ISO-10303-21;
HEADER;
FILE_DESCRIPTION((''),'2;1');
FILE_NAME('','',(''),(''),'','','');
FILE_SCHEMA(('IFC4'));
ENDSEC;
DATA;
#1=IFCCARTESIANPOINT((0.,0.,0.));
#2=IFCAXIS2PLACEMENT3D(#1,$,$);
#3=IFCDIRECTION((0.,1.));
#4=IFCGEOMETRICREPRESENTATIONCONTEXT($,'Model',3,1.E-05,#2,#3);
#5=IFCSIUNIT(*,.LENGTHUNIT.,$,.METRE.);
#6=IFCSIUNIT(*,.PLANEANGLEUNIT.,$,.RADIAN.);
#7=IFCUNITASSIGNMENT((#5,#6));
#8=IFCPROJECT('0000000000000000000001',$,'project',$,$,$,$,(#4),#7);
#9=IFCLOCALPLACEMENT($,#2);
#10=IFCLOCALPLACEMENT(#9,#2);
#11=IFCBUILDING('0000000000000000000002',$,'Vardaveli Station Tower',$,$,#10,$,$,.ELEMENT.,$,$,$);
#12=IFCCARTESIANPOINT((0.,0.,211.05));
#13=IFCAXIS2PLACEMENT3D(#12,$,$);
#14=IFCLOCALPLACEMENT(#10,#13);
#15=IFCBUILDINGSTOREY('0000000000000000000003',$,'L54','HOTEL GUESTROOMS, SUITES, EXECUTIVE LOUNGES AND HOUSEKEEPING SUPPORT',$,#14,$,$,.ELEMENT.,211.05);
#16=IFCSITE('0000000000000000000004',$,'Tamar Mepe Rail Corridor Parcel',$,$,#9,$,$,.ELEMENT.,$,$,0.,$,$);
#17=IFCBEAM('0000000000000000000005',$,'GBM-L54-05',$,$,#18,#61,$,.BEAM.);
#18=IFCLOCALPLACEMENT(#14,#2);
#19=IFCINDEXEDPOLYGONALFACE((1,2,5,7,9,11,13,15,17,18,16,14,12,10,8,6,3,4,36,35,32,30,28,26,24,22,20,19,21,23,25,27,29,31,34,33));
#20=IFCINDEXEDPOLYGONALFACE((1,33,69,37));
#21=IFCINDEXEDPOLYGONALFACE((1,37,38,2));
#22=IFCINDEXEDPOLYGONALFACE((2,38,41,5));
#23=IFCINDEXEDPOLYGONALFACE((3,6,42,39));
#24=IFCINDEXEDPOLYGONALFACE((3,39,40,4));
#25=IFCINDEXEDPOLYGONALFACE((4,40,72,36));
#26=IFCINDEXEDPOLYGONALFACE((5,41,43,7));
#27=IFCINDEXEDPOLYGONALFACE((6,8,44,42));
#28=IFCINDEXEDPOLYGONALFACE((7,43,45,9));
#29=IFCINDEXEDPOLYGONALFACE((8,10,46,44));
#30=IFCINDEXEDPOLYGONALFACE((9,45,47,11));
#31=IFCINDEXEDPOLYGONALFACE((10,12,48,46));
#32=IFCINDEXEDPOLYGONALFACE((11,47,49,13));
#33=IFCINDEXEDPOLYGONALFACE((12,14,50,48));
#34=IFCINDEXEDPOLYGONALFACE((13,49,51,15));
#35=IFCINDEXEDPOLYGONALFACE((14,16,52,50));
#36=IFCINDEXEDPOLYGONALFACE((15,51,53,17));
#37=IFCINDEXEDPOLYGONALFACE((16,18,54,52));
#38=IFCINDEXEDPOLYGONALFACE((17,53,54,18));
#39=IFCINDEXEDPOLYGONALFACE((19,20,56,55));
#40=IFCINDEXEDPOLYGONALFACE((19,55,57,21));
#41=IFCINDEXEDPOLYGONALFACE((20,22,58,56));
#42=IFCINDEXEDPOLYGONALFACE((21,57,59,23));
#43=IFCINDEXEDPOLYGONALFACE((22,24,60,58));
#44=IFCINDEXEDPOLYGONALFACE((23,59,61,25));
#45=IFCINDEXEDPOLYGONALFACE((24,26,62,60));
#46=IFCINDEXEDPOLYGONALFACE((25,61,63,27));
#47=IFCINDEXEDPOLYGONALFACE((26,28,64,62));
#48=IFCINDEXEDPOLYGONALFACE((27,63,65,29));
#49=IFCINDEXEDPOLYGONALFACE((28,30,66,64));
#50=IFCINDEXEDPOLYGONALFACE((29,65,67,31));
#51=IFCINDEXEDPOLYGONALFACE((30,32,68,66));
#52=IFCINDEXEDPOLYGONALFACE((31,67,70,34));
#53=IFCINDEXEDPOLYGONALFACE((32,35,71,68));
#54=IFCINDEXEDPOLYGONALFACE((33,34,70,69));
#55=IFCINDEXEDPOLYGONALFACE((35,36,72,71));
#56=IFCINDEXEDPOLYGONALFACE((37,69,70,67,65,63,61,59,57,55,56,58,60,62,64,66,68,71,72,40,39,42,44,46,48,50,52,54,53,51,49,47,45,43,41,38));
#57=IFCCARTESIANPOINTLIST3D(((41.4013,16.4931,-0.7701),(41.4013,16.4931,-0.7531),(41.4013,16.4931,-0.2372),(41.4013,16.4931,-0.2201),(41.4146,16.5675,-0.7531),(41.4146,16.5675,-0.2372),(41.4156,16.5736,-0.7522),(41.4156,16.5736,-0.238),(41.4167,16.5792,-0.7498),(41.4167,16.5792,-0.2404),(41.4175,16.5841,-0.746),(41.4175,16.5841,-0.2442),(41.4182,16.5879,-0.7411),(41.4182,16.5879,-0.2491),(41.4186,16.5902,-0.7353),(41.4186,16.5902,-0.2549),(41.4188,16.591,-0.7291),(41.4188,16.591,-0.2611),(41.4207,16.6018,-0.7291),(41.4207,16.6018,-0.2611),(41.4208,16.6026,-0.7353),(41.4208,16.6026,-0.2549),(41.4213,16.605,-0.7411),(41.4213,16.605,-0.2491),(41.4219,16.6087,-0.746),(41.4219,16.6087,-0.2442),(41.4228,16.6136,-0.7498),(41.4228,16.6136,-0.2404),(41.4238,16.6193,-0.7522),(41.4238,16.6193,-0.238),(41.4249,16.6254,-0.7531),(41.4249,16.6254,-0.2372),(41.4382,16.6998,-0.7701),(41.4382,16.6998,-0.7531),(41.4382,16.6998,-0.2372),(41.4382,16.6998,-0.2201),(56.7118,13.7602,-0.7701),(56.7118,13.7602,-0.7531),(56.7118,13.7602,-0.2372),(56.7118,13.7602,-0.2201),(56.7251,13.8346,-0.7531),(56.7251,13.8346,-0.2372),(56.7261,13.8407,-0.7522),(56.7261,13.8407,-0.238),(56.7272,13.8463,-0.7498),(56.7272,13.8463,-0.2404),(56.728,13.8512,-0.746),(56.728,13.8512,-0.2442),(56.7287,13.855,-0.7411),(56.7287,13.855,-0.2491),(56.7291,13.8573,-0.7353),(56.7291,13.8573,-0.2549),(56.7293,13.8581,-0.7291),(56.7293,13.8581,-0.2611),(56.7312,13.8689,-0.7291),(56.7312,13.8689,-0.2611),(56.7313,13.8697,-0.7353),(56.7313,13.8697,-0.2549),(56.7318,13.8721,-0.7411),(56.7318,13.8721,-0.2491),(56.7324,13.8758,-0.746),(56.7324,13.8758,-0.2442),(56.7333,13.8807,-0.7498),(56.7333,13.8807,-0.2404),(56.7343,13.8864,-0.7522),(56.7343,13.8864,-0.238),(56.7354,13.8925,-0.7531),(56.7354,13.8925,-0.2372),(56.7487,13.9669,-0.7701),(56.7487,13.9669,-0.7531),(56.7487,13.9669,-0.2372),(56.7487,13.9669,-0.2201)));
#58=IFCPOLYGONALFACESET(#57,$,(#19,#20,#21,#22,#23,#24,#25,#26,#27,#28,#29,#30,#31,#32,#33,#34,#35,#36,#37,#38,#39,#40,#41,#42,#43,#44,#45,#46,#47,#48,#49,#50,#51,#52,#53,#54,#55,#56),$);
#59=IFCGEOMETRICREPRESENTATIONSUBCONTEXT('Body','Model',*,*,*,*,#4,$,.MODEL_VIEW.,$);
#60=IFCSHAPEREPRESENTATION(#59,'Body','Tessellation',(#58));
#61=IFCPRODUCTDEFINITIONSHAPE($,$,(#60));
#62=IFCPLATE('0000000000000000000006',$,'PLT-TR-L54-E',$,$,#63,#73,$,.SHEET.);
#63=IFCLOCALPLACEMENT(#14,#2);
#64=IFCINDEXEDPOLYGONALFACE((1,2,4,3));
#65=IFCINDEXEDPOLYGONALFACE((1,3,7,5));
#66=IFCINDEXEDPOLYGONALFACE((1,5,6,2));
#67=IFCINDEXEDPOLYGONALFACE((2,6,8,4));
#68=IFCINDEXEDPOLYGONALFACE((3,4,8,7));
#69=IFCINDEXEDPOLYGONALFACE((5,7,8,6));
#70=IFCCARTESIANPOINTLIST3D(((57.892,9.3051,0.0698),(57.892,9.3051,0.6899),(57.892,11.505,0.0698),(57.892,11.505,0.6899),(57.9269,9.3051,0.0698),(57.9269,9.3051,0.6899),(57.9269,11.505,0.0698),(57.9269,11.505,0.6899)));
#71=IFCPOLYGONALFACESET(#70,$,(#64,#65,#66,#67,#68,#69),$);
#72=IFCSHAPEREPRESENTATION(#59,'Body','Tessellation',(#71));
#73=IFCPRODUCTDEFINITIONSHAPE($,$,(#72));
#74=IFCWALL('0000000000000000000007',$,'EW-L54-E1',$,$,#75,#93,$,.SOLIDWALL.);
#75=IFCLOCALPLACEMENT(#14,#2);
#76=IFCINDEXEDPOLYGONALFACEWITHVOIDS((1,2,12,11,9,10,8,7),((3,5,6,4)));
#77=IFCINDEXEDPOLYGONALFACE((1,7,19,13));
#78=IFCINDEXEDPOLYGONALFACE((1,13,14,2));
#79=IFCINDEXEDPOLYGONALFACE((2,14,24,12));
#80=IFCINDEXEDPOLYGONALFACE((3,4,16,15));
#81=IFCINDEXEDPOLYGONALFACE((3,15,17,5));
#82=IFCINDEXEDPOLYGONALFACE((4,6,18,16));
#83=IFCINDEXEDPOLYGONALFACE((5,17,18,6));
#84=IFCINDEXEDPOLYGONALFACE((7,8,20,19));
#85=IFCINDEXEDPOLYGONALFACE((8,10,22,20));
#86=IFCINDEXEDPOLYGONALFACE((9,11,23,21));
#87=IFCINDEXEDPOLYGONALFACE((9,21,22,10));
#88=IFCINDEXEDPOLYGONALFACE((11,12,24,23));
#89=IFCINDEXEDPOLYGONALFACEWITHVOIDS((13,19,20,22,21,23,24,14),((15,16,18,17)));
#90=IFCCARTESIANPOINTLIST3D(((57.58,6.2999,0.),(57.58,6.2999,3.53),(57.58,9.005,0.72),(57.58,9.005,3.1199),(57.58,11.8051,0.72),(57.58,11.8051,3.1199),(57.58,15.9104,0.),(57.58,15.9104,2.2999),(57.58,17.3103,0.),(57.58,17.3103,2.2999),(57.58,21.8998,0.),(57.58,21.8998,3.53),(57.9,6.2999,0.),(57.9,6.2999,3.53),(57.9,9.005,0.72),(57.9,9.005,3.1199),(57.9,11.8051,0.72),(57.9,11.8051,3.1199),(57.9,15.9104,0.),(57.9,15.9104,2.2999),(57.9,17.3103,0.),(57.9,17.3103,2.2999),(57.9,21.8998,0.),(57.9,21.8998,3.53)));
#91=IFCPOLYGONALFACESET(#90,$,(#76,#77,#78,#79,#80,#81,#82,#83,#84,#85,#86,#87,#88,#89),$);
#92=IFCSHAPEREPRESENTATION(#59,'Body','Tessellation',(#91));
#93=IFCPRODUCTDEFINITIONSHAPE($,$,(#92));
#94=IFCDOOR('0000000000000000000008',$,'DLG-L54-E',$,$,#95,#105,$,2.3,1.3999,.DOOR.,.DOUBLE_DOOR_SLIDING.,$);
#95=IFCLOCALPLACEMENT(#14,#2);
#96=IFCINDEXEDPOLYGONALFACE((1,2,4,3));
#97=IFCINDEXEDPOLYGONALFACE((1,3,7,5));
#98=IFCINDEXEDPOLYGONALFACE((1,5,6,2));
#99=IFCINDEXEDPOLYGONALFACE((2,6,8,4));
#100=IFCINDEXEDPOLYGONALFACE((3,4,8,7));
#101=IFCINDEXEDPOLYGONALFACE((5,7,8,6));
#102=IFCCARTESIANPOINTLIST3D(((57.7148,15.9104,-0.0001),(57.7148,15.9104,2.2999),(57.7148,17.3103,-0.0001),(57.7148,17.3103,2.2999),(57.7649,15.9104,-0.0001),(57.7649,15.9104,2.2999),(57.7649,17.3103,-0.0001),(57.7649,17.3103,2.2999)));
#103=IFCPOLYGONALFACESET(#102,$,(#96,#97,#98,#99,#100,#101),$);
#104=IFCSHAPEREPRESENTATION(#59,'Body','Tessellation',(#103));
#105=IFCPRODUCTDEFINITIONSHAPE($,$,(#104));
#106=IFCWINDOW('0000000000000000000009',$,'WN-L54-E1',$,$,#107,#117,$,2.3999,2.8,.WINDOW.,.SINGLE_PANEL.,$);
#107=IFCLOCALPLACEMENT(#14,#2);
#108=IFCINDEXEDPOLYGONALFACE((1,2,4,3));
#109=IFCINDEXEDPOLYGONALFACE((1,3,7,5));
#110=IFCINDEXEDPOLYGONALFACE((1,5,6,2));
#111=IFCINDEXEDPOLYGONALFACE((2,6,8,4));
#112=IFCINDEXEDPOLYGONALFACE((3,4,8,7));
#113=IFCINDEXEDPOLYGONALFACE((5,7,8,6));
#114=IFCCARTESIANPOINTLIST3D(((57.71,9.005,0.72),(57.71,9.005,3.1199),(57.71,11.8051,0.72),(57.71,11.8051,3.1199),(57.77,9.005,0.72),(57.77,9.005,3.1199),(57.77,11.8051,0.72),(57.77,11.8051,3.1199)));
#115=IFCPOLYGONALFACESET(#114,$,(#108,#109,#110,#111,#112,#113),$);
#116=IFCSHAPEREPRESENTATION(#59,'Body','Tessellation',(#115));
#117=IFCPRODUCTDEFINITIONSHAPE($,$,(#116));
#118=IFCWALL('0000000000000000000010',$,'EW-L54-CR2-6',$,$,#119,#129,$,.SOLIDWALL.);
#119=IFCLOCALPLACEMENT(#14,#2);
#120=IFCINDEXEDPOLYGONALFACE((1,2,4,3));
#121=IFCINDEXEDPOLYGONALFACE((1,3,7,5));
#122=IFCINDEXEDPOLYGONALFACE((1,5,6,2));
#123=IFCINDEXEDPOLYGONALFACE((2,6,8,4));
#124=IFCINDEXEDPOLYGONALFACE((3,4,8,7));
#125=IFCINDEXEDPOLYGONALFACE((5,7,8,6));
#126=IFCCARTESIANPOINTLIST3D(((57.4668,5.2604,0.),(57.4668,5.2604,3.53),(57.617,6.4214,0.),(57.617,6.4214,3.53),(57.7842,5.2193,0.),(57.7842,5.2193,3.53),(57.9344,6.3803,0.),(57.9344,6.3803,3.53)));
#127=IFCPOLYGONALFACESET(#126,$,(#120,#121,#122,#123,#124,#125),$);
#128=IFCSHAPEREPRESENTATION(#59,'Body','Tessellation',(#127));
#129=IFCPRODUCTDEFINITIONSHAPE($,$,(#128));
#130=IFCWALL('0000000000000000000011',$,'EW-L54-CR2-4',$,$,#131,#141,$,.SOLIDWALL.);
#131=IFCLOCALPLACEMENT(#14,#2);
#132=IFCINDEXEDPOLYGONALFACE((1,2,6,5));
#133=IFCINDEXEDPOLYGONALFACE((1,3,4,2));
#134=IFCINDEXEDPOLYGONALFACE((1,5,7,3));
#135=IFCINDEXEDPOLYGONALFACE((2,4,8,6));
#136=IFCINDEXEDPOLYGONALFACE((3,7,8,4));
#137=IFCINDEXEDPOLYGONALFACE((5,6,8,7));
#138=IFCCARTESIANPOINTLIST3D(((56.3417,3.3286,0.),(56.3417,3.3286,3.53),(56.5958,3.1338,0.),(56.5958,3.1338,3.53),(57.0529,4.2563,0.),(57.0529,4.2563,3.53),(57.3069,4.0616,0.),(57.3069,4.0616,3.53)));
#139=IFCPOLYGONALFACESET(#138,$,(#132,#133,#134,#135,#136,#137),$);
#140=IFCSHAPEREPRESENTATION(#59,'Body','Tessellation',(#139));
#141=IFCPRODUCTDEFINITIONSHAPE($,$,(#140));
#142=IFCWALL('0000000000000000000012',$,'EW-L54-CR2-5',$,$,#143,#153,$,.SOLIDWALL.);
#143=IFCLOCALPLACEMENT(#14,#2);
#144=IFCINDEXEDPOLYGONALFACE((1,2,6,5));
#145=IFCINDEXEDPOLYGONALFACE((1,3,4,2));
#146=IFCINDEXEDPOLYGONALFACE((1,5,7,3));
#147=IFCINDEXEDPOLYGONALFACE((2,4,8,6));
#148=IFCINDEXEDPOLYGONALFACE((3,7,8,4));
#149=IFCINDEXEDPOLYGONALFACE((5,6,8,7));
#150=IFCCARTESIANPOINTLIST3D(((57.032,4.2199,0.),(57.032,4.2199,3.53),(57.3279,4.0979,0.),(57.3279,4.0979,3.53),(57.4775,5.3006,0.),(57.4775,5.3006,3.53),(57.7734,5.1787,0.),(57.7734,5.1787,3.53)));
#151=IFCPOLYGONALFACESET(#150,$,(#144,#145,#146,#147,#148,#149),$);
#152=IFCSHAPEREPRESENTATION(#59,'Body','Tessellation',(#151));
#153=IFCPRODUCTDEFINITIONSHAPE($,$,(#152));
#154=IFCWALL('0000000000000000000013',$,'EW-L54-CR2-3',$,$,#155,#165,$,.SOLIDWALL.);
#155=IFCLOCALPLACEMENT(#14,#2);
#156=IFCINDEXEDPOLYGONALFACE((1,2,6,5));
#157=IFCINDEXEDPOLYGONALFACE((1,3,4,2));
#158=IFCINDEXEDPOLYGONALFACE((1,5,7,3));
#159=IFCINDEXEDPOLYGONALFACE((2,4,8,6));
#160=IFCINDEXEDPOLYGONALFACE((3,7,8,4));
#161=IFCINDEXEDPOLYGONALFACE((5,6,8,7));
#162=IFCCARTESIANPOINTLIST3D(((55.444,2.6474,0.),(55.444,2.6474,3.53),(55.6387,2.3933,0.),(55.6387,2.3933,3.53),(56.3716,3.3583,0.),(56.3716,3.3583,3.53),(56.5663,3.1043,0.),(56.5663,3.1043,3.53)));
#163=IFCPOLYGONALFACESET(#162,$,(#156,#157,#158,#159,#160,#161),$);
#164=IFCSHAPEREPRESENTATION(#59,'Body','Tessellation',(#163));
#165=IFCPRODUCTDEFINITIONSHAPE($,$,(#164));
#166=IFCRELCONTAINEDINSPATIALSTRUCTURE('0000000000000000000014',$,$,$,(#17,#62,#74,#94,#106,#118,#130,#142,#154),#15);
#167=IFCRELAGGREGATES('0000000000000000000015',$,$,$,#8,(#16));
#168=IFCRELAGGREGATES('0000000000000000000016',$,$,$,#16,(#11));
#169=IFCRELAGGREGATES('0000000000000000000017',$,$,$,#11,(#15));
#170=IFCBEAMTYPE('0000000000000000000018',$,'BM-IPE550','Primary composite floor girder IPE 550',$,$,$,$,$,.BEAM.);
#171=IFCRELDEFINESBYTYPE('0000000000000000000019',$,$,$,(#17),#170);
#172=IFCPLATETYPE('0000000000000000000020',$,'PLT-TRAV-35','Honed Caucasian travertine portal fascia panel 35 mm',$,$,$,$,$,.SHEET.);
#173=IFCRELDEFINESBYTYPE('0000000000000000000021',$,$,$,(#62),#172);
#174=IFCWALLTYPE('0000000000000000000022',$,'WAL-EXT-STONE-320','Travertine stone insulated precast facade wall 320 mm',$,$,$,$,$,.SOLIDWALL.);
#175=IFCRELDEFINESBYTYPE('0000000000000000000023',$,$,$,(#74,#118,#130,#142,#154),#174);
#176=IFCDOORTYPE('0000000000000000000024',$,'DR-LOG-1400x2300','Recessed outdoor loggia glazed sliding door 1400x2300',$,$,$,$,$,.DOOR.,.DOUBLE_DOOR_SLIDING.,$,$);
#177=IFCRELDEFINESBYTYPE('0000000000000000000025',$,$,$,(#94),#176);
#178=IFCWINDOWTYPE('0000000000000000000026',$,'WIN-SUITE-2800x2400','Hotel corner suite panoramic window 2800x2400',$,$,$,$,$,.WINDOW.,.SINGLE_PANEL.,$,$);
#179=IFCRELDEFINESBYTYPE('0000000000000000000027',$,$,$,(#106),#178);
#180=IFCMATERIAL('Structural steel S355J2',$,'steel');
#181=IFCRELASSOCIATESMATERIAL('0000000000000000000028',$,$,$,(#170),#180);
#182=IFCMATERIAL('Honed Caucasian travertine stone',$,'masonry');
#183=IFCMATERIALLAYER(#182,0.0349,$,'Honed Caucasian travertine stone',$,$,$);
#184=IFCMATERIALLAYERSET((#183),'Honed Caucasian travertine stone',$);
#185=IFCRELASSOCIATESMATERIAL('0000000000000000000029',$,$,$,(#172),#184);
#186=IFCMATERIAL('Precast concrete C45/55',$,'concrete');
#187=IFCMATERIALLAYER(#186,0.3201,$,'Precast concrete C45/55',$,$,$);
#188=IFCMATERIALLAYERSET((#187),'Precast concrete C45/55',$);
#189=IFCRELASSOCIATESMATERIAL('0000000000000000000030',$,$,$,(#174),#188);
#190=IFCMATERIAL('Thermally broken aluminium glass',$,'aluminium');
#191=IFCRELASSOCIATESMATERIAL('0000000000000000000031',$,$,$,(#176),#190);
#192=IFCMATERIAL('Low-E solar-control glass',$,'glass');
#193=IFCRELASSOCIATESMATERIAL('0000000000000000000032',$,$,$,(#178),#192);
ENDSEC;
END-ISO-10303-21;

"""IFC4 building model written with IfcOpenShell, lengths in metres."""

from ifc_helpers import new_model, si_unit, direction, frame, frame_2d, origin, origin_2d, place, context, subcontext, project, spatial, rectangle, i_section, extrude, source, transform, mapped, material, layer, layer_set, material_profile, profile_set, type_object, element, fill, save


model = new_model("IFC4")

# Units and contexts
model_context = context("Model", 3, precision=1e-05, world=origin(), true_north=direction((0.0, 1.0)))
body_context = subcontext(model_context, "Body", "Model", "MODEL_VIEW")
ifc_project = project(units=[si_unit("LENGTHUNIT", "METRE"), si_unit("PLANEANGLEUNIT", "RADIAN")], contexts=[model_context])

# Site, building, storey
site_placement = place(None, origin())
site = spatial("IfcSite", under=ifc_project, at=site_placement, Name="Tamar Mepe Rail Corridor Parcel", CompositionType="ELEMENT", RefElevation=0.0)
building_placement = place(site_placement, origin())
building = spatial("IfcBuilding", under=site, at=building_placement, Name="Vardaveli Station Tower", CompositionType="ELEMENT")
storey_placement = place(building_placement, frame((0.0, 0.0, 211.05)))
storey = spatial("IfcBuildingStorey", under=building, at=storey_placement, Name="L54", Description="HOTEL GUESTROOMS, SUITES, EXECUTIVE LOUNGES AND HOUSEKEEPING SUPPORT", CompositionType="ELEMENT", Elevation=211.05)

# Beam
ifc_material_1 = material(Name="Precast concrete C45/55", Category="concrete")
ifc_material_2 = material(Name="Structural steel S355J2", Category="steel")
ifc_material_profile_1 = material_profile(ifc_material_2, i_section(OverallWidth=0.21, OverallDepth=0.55, WebThickness=0.011, FlangeThickness=0.0171, FilletRadius=0.0239, at=origin_2d()), Name="IPE 550")
ifc_profile_set_1 = profile_set([ifc_material_profile_1], Name="Structural steel S355J2")
beam_type_1 = type_object("IfcBeamType", Name="BM-IPE550", Description="Primary composite floor girder IPE 550", PredefinedType="BEAM", material=ifc_profile_set_1)
shared_shape_1 = source(origin(), body_context, "Body", "SweptSolid", [
    extrude(i_section(OverallWidth=0.21, OverallDepth=0.55, WebThickness=0.011, FlangeThickness=0.0171, FilletRadius=0.0239, at=origin_2d()), origin(), (0.0, 0.0, 1.0), 15.5525),
])
beam_1_placement = place(storey_placement, frame((56.7302, 13.8635, -0.4951), z_axis=(-0.98444, 0.175721, 0.0), x_axis=(-0.175721, -0.98444, 0.0)))
element("IfcBeam", 1, at=beam_1_placement, inside=storey, type_object=beam_type_1, Name="GBM-L54-05", PredefinedType="BEAM", context=body_context, shape_type="MappedRepresentation", body=[
    mapped(shared_shape_1, transform((0.0, 0.0, 0.0), scale=1.0)),
])

# Plate
ifc_material_3 = material(Name="Honed Caucasian travertine stone", Category="masonry")
ifc_layer_1 = layer(ifc_material_3, 0.0349, Name="Honed Caucasian travertine stone")
ifc_layer_set_1 = layer_set([ifc_layer_1], Name="Honed Caucasian travertine stone")
plate_type = type_object("IfcPlateType", Name="PLT-TRAV-35", Description="Honed Caucasian travertine portal fascia panel 35 mm", PredefinedType="SHEET", material=ifc_layer_set_1)
shared_shape_2 = source(origin(), body_context, "Body", "SweptSolid", [
    extrude(rectangle(XDim=2.2, YDim=0.0349, at=origin_2d()), origin(), (0.0, 0.0, 1.0), 0.6201),
])
plate_placement = place(storey_placement, frame((57.9094, 10.405, 0.0698), z_axis=(0.0, 0.0, 1.0), x_axis=(0.0, 1.0, 0.0)))
element("IfcPlate", 2, at=plate_placement, inside=storey, type_object=plate_type, Name="PLT-TR-L54-E", PredefinedType="SHEET", context=body_context, shape_type="MappedRepresentation", body=[
    mapped(shared_shape_2, transform((0.0, 0.0, 0.0), scale=1.0)),
])

# Wall, openings, door, window
ifc_layer_2 = layer(ifc_material_1, 0.3201, Name="Precast concrete C45/55")
ifc_layer_set_2 = layer_set([ifc_layer_2], Name="Precast concrete C45/55")
wall_type_1 = type_object("IfcWallType", Name="WAL-EXT-STONE-320", Description="Travertine stone insulated precast facade wall 320 mm", PredefinedType="SOLIDWALL", material=ifc_layer_set_2)
shared_shape_3 = source(origin(), body_context, "Body", "SweptSolid", [
    extrude(rectangle(XDim=15.5999, YDim=0.3201, at=frame_2d((7.7998, 0.0))), origin(), (0.0, 0.0, 1.0), 3.53),
])
wall_1_placement = place(storey_placement, frame((57.74, 6.3, 0.0), z_axis=(0.0, 0.0, 1.0), x_axis=(0.0, 1.0, 0.0)))
wall_1 = element("IfcWall", 3, at=wall_1_placement, inside=storey, type_object=wall_type_1, Name="EW-L54-E1", PredefinedType="SOLIDWALL", context=body_context, shape_type="MappedRepresentation", body=[
    mapped(shared_shape_3, transform((0.0, 0.0, 0.0), scale=1.0)),
])
shared_shape_4 = source(origin(), body_context, "Body", "SweptSolid", [
    extrude(rectangle(XDim=1.3999, YDim=2.3, at=frame_2d((0.7, 1.1499))), frame((0.0, 0.1699, 0.0), z_axis=(0.0, -1.0, 0.0), x_axis=(1.0, 0.0, 0.0)), (0.0, 0.0, 1.0), 0.3401),
])
opening_1_placement = place(wall_1_placement, frame((9.6104, 0.0, 0.0)))
opening_1 = element("IfcOpeningElement", 4, at=opening_1_placement, cuts=wall_1, PredefinedType="OPENING", context=body_context, shape_type="MappedRepresentation", body=[
    mapped(shared_shape_4, transform((0.0, 0.0, 0.0), scale=1.0)),
])
shared_shape_5 = source(origin(), body_context, "Body", "SweptSolid", [
    extrude(rectangle(XDim=2.8, YDim=2.3999, at=frame_2d((1.3999, 1.2))), frame((0.0, 0.1699, 0.0), z_axis=(0.0, -1.0, 0.0), x_axis=(1.0, 0.0, 0.0)), (0.0, 0.0, 1.0), 0.3401),
])
opening_2_placement = place(wall_1_placement, frame((2.7051, 0.0, 0.72)))
opening_2 = element("IfcOpeningElement", 5, at=opening_2_placement, cuts=wall_1, PredefinedType="OPENING", context=body_context, shape_type="MappedRepresentation", body=[
    mapped(shared_shape_5, transform((0.0, 0.0, 0.0), scale=1.0)),
])
ifc_material_4 = material(Name="Thermally broken aluminium glass", Category="aluminium")
door_type_1 = type_object("IfcDoorType", Name="DR-LOG-1400x2300", Description="Recessed outdoor loggia glazed sliding door 1400x2300", OperationType="DOUBLE_DOOR_SLIDING", PredefinedType="DOOR", material=ifc_material_4)
shared_shape_6 = source(origin(), body_context, "Body", "SweptSolid", [
    extrude(rectangle(XDim=1.3999, YDim=2.3, at=frame_2d((0.7, 1.1499))), frame((0.0, 0.0249, 0.0), z_axis=(0.0, -1.0, 0.0), x_axis=(1.0, 0.0, 0.0)), (0.0, 0.0, 1.0), 0.05),
])
door_1_placement = place(opening_1_placement, frame((1.3999, 0.0, 0.0), z_axis=(0.0, 0.0, 1.0), x_axis=(-1.0, 0.0, 0.0)))
door_1 = element("IfcDoor", 6, at=door_1_placement, inside=storey, type_object=door_type_1, Name="DLG-L54-E", OperationType="DOUBLE_DOOR_SLIDING", OverallHeight=2.3, OverallWidth=1.3999, PredefinedType="DOOR", context=body_context, shape_type="MappedRepresentation", body=[
    mapped(shared_shape_6, transform((0.0, 0.0, 0.0), scale=1.0)),
])
fill(opening_1, door_1)
ifc_material_5 = material(Name="Low-E solar-control glass", Category="glass")
window_type = type_object("IfcWindowType", Name="WIN-SUITE-2800x2400", Description="Hotel corner suite panoramic window 2800x2400", PartitioningType="SINGLE_PANEL", PredefinedType="WINDOW", material=ifc_material_5)
shared_shape_7 = source(origin(), body_context, "Body", "SweptSolid", [
    extrude(rectangle(XDim=2.8, YDim=2.3999, at=frame_2d((1.3999, 1.2))), frame((0.0, 0.03, 0.0), z_axis=(0.0, -1.0, 0.0), x_axis=(1.0, 0.0, 0.0)), (0.0, 0.0, 1.0), 0.0601),
])
window_placement = place(opening_2_placement, origin())
window = element("IfcWindow", 7, at=window_placement, inside=storey, type_object=window_type, Name="WN-L54-E1", OverallHeight=2.3999, OverallWidth=2.8, PartitioningType="SINGLE_PANEL", PredefinedType="WINDOW", context=body_context, shape_type="MappedRepresentation", body=[
    mapped(shared_shape_7, transform((0.0, 0.0, 0.0), scale=1.0)),
])
fill(opening_2, window)

# Walls
shared_shape_8 = source(origin(), body_context, "Body", "SweptSolid", [
    extrude(rectangle(XDim=1.1707, YDim=0.3201, at=frame_2d((0.5854, 0.0))), origin(), (0.0, 0.0, 1.0), 3.53),
])
wall_2_placement = place(storey_placement, frame((57.6255, 5.2397, 0.0), z_axis=(0.0, 0.0, 1.0), x_axis=(0.128269, 0.991739, 0.0)))
element("IfcWall", 8, at=wall_2_placement, inside=storey, type_object=wall_type_1, Name="EW-L54-CR2-6", PredefinedType="SOLIDWALL", context=body_context, shape_type="MappedRepresentation", body=[
    mapped(shared_shape_8, transform((0.0, 0.0, 0.0), scale=1.0)),
])
shared_shape_9 = source(origin(), body_context, "Body", "SweptSolid", [
    extrude(rectangle(XDim=1.1689, YDim=0.3201, at=frame_2d((0.5845, 0.0))), origin(), (0.0, 0.0, 1.0), 3.53),
])
for number, where, z_axis, x_axis, name in (
    (9, (56.4688, 3.2312, 0.0), (0.0, 0.0, 1.0), (0.608388, 0.79364, 0.0), "EW-L54-CR2-4"),
    (10, (57.1799, 4.1589, 0.0), (0.0, 0.0, 1.0), (0.381128, 0.924522, 0.0), "EW-L54-CR2-5"),
):
    element("IfcWall", number, at=place(storey_placement, frame(where, z_axis=z_axis, x_axis=x_axis)), inside=storey, type_object=wall_type_1, Name=name, PredefinedType="SOLIDWALL", context=body_context, shape_type="MappedRepresentation", body=[
        mapped(shared_shape_9, transform((0.0, 0.0, 0.0), scale=1.0)),
    ])
shared_shape_10 = source(origin(), body_context, "Body", "SweptSolid", [
    extrude(rectangle(XDim=1.1687, YDim=0.3201, at=frame_2d((0.5845, 0.0))), origin(), (0.0, 0.0, 1.0), 3.53),
])
wall_3_placement = place(storey_placement, frame((55.5413, 2.5203, 0.0), z_axis=(0.0, 0.0, 1.0), x_axis=(0.793664, 0.608357, 0.0)))
element("IfcWall", 11, at=wall_3_placement, inside=storey, type_object=wall_type_1, Name="EW-L54-CR2-3", PredefinedType="SOLIDWALL", context=body_context, shape_type="MappedRepresentation", body=[
    mapped(shared_shape_10, transform((0.0, 0.0, 0.0), scale=1.0)),
])

save(model, "model.ifc")
